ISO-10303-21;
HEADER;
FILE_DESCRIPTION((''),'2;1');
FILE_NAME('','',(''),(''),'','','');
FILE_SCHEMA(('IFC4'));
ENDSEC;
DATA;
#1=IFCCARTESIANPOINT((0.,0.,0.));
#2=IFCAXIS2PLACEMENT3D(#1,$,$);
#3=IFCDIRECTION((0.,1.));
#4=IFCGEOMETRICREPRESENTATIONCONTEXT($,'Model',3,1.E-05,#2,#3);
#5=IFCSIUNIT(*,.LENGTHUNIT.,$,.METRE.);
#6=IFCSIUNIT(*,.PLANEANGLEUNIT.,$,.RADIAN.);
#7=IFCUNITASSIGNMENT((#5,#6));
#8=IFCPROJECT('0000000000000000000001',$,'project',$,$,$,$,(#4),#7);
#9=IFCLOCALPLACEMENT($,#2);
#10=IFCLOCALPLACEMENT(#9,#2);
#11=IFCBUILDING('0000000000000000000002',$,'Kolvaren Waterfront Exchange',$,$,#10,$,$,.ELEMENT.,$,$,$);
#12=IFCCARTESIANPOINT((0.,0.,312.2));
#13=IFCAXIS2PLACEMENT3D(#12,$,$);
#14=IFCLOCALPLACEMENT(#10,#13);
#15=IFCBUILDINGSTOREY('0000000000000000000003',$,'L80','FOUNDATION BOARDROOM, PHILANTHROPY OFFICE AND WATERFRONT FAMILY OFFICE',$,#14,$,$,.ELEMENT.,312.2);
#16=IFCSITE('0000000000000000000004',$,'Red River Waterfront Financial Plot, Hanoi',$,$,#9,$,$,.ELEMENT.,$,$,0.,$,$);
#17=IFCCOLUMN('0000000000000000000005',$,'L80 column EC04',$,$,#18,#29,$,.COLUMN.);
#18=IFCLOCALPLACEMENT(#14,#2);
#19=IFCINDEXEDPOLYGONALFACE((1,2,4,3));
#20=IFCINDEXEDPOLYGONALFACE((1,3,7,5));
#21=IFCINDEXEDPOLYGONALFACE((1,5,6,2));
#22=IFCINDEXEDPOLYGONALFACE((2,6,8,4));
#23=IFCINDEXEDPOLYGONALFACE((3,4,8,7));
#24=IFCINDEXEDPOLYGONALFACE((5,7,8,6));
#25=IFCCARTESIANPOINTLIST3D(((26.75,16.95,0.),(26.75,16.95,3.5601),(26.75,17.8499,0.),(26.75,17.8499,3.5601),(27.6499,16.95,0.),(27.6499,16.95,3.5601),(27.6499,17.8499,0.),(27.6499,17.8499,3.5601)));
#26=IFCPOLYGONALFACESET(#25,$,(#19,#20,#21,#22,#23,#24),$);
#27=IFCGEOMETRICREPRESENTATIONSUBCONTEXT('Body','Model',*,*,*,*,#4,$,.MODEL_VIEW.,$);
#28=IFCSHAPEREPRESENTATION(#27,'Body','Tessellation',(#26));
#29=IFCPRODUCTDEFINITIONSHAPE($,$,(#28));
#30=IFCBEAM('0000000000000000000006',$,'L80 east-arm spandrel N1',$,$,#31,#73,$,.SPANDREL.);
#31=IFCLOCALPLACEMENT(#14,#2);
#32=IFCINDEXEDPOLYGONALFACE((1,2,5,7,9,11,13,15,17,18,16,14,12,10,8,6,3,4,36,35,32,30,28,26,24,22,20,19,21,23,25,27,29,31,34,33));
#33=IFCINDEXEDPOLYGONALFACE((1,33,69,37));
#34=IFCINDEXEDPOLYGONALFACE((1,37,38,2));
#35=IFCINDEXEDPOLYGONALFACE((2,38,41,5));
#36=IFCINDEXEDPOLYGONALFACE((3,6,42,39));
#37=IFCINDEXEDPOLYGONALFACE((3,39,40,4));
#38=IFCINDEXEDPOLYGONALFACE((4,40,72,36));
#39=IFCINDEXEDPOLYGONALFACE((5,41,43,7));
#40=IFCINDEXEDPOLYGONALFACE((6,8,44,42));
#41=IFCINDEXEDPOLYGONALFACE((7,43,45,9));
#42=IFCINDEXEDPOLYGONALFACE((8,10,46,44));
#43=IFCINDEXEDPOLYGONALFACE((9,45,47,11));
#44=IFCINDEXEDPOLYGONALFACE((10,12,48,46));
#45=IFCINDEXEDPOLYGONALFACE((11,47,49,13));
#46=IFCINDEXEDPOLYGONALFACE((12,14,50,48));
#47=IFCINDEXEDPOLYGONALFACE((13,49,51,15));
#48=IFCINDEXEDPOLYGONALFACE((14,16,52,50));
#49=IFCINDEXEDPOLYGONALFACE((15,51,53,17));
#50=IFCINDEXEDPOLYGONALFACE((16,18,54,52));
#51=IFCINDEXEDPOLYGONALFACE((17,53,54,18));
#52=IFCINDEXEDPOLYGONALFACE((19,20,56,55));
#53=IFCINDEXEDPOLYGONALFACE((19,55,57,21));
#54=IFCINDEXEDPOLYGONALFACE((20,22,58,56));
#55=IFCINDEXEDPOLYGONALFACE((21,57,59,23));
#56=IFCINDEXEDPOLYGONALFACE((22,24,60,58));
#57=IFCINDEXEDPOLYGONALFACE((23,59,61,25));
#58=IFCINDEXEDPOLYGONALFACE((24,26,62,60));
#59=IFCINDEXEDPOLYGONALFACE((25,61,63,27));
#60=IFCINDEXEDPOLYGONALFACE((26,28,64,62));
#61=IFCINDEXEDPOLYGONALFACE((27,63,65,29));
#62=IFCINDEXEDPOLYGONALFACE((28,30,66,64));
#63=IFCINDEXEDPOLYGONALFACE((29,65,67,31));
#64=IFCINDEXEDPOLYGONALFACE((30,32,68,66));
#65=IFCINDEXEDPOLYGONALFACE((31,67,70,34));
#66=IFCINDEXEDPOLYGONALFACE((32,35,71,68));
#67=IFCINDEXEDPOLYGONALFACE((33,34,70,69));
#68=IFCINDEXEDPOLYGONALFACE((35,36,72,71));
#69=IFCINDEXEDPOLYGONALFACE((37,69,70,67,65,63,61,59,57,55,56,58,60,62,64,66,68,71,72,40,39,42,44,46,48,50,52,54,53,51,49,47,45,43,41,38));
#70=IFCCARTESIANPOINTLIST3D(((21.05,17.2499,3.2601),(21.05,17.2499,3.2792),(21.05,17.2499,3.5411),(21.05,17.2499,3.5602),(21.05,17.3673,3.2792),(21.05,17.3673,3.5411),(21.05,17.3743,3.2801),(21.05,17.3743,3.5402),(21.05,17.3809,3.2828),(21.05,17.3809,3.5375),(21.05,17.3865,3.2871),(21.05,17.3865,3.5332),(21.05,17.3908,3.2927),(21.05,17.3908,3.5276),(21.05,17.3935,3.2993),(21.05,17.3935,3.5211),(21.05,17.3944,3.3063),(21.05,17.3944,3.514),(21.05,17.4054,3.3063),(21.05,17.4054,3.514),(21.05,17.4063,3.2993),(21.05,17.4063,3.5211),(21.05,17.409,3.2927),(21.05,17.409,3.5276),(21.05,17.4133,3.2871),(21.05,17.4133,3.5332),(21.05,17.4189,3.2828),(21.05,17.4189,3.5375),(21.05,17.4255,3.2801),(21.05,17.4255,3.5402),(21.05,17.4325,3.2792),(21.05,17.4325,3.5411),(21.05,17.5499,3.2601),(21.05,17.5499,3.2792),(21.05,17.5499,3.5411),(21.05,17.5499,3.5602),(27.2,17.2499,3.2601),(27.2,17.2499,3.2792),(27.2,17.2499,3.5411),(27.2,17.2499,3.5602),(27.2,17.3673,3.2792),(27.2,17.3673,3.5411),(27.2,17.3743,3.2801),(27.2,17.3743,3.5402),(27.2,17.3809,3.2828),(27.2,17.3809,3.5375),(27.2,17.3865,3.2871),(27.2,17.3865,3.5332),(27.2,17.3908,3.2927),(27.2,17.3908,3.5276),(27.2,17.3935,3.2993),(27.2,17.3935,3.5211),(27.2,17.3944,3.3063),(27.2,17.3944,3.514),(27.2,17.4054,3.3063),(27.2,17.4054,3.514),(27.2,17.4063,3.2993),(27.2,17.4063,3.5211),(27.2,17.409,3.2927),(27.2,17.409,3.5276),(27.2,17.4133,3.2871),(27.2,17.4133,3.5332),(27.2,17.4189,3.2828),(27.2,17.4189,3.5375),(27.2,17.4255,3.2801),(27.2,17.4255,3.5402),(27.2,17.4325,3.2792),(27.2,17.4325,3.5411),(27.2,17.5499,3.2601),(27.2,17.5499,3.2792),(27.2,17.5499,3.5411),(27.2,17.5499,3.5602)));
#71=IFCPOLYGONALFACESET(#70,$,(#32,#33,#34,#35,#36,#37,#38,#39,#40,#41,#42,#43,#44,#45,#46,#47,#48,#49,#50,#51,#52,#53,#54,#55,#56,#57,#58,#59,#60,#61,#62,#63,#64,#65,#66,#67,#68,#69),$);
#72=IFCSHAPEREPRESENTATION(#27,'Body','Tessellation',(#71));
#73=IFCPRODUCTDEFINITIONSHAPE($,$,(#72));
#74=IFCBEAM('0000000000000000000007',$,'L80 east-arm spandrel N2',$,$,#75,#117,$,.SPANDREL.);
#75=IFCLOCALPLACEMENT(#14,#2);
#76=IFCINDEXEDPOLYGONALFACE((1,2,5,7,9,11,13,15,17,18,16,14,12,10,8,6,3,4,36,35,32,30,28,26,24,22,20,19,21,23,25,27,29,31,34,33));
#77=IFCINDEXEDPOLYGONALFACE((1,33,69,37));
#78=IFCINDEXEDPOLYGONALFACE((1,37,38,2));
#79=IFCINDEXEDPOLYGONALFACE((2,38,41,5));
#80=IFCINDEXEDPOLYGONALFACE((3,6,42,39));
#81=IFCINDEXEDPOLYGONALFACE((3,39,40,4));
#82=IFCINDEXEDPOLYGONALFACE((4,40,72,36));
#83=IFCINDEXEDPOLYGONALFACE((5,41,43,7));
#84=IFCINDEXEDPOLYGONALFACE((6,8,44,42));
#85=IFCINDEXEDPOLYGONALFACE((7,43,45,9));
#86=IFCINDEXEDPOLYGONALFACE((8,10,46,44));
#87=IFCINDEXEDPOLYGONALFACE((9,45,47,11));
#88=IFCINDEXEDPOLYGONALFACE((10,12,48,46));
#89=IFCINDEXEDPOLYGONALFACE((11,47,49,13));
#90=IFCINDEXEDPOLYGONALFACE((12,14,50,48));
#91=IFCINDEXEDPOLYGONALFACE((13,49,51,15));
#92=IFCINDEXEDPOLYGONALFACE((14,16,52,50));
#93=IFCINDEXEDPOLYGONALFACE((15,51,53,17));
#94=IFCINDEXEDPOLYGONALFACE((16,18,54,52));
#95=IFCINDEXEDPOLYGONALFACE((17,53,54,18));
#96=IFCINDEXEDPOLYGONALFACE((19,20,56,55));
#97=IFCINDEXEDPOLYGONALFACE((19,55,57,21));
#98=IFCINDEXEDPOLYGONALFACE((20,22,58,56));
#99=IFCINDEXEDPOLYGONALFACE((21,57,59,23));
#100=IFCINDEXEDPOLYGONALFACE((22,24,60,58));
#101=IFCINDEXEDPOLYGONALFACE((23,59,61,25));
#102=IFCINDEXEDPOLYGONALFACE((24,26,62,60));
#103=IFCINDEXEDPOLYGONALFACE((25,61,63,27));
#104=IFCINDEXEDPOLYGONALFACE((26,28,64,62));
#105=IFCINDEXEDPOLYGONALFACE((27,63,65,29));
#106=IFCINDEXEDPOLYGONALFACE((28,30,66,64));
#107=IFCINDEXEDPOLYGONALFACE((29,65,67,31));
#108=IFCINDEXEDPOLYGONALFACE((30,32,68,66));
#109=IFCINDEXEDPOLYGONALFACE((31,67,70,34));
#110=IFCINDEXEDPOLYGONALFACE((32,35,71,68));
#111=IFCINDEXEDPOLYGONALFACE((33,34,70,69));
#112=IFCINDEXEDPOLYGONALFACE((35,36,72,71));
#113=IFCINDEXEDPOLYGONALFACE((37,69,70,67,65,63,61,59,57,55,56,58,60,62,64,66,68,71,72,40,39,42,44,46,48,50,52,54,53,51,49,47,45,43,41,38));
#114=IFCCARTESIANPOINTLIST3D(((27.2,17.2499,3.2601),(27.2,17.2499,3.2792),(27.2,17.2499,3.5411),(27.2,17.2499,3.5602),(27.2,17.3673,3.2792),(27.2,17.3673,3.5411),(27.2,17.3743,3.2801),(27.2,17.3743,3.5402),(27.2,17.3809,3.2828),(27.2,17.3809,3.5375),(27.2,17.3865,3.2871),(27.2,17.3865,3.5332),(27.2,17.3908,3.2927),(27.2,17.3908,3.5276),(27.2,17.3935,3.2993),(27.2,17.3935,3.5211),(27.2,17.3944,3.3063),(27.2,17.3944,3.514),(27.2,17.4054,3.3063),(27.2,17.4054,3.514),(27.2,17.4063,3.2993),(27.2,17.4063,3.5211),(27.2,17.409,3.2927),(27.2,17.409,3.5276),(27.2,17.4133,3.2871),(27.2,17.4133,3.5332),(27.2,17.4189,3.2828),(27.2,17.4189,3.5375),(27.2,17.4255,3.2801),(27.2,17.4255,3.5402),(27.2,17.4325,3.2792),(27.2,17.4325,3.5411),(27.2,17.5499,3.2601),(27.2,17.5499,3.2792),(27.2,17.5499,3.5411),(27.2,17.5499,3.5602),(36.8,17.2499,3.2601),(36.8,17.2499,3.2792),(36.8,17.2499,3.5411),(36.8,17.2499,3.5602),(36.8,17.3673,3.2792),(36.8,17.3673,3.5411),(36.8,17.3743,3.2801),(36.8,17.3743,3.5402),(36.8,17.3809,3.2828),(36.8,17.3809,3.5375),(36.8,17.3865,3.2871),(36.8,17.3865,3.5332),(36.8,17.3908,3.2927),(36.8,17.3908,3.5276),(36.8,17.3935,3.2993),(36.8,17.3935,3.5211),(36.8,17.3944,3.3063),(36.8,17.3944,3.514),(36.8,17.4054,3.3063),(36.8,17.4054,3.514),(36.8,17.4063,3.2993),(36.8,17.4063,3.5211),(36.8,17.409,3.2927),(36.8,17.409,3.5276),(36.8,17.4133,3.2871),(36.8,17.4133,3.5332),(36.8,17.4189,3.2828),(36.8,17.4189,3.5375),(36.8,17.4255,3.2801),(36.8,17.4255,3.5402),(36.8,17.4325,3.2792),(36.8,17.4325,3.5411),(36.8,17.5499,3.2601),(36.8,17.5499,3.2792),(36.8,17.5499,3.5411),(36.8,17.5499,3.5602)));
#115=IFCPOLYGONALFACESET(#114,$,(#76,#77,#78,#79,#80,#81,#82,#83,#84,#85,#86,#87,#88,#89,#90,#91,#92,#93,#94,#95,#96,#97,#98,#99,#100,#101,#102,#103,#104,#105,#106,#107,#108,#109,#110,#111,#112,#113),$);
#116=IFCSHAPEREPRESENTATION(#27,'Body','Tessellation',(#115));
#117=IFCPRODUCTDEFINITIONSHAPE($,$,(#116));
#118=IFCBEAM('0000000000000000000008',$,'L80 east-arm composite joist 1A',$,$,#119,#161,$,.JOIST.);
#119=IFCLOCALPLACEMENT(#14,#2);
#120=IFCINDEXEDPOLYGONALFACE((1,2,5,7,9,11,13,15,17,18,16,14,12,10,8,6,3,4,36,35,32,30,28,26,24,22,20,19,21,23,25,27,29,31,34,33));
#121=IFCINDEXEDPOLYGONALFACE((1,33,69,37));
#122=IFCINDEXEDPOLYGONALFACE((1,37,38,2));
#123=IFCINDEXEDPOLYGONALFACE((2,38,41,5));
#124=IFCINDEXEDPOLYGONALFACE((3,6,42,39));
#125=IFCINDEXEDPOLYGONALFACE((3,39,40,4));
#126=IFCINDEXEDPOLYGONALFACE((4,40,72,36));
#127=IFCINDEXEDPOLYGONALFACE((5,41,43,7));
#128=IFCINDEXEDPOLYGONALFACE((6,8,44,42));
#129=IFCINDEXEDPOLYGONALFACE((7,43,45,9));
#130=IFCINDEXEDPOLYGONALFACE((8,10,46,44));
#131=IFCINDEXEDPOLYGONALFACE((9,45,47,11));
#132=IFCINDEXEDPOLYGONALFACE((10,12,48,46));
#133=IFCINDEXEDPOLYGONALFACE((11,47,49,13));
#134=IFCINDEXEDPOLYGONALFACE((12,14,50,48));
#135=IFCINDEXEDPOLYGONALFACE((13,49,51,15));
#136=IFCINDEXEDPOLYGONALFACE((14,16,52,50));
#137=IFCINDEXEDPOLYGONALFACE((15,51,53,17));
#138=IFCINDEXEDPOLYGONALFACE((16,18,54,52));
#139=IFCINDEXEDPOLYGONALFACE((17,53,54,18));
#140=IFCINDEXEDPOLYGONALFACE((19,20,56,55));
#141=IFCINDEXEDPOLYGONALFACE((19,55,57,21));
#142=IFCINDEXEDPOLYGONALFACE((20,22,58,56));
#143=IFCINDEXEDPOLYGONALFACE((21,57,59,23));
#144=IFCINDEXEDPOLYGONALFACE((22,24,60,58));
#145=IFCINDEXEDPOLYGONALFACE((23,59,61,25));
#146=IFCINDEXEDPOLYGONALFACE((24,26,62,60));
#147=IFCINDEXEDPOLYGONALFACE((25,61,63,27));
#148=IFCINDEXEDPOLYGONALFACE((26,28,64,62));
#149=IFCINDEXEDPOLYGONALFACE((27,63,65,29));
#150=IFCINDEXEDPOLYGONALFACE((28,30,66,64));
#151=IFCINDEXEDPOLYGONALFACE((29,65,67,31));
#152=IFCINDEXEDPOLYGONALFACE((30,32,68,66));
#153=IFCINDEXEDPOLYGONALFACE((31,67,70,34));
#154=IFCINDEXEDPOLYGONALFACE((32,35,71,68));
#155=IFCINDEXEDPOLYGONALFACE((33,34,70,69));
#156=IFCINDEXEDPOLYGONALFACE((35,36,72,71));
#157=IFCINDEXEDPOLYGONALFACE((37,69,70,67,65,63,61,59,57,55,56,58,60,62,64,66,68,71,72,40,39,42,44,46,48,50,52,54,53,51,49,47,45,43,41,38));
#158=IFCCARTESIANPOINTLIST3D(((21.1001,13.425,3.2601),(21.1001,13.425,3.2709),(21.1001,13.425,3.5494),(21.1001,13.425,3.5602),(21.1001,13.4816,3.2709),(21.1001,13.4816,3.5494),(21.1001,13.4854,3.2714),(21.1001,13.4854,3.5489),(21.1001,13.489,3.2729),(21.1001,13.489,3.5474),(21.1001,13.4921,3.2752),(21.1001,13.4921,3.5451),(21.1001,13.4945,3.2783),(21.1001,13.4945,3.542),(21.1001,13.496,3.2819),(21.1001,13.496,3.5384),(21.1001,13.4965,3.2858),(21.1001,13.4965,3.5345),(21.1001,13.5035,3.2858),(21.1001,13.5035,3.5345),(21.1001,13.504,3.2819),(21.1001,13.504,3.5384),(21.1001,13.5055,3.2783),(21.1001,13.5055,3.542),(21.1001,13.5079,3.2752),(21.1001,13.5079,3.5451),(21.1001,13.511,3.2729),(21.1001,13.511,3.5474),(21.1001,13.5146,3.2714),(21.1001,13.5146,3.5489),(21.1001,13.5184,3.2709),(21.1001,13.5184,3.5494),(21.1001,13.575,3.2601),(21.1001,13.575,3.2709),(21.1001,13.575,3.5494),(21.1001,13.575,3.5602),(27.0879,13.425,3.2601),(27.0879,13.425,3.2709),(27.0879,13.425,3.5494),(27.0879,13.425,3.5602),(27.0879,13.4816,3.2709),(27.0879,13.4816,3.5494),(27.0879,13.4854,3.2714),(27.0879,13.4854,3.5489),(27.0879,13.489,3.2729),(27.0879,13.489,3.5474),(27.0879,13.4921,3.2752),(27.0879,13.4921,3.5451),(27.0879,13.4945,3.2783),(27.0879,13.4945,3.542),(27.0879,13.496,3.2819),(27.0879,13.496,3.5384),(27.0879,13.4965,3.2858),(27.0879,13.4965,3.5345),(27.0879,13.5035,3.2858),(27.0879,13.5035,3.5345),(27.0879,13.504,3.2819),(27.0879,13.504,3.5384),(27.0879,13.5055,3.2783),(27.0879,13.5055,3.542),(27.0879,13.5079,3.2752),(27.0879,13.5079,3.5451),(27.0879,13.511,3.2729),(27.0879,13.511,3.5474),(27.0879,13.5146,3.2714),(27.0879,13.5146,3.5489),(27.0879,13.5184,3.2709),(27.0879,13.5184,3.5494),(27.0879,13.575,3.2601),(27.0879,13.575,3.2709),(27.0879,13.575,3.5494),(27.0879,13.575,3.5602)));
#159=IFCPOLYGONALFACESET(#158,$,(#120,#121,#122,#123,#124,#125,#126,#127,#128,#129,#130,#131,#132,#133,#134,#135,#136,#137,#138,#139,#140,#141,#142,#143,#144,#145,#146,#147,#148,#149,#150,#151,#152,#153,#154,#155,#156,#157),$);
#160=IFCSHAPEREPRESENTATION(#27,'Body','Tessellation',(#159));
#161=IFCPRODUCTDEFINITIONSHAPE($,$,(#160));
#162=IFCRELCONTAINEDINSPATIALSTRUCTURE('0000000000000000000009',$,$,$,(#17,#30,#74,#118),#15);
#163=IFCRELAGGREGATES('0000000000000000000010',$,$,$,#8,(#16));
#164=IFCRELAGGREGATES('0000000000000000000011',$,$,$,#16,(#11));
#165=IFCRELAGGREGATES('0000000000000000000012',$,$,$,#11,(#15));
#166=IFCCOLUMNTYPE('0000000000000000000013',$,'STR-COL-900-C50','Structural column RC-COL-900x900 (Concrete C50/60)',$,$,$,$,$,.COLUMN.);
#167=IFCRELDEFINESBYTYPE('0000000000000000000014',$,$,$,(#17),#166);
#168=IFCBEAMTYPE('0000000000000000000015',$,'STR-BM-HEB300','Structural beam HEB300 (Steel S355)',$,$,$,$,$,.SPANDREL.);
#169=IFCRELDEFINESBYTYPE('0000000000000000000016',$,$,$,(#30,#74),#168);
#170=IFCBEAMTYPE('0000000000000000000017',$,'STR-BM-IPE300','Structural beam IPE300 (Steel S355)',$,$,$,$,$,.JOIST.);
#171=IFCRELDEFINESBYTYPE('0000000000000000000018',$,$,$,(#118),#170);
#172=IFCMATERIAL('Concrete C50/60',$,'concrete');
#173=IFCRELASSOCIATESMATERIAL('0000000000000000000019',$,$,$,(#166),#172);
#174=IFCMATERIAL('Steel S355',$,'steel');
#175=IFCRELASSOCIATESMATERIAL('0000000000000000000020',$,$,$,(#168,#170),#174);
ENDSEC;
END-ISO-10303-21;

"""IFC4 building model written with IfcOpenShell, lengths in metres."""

from ifc_helpers import new_model, si_unit, direction, frame, origin, origin_2d, place, context, subcontext, project, spatial, rectangle, i_section, extrude, material, material_profile, profile_set, type_object, element, save


model = new_model("IFC4")

# Units and contexts
model_context = context("Model", 3, precision=1e-05, world=origin(), true_north=direction((0.0, 1.0)))
body_context = subcontext(model_context, "Body", "Model", "MODEL_VIEW")
ifc_project = project(units=[si_unit("LENGTHUNIT", "METRE"), si_unit("PLANEANGLEUNIT", "RADIAN")], contexts=[model_context])

# Site, building, storey
site_placement = place(None, origin())
site = spatial("IfcSite", under=ifc_project, at=site_placement, Name="Red River Waterfront Financial Plot, Hanoi", CompositionType="ELEMENT", RefElevation=0.0)
building_placement = place(site_placement, origin())
building = spatial("IfcBuilding", under=site, at=building_placement, Name="Kolvaren Waterfront Exchange", CompositionType="ELEMENT")
storey_placement = place(building_placement, frame((0.0, 0.0, 312.2)))
storey = spatial("IfcBuildingStorey", under=building, at=storey_placement, Name="L80", Description="FOUNDATION BOARDROOM, PHILANTHROPY OFFICE AND WATERFRONT FAMILY OFFICE", CompositionType="ELEMENT", Elevation=312.2)

# Column
ifc_material_1 = material(Name="Concrete C50/60", Category="concrete")
ifc_material_profile_1 = material_profile(ifc_material_1, rectangle(XDim=0.8999, YDim=0.8999, at=origin_2d()), Name="RC-COL-900x900")
ifc_profile_set_1 = profile_set([ifc_material_profile_1], Name="Concrete C50/60")
column_type = type_object("IfcColumnType", Name="STR-COL-900-C50", Description="Structural column RC-COL-900x900 (Concrete C50/60)", PredefinedType="COLUMN", material=ifc_profile_set_1)
column_placement = place(storey_placement, frame((27.2, 17.3999, 0.0), z_axis=(0.0, 0.0, 1.0), x_axis=(1.0, 0.0, 0.0)))
element("IfcColumn", 1, at=column_placement, inside=storey, type_object=column_type, Name="L80 column EC04", PredefinedType="COLUMN", context=body_context, shape_type="SweptSolid", body=[
    extrude(rectangle(XDim=0.8999, YDim=0.8999, at=origin_2d()), origin(), (0.0, 0.0, 1.0), 3.5601),
])

# Beams
ifc_material_2 = material(Name="Steel S355", Category="steel")
ifc_material_profile_2 = material_profile(ifc_material_2, i_section(OverallWidth=0.3, OverallDepth=0.3, WebThickness=0.011, FlangeThickness=0.019, FilletRadius=0.0271, at=origin_2d()), Name="HEB300")
ifc_profile_set_2 = profile_set([ifc_material_profile_2], Name="Steel S355")
beam_type_1 = type_object("IfcBeamType", Name="STR-BM-HEB300", Description="Structural beam HEB300 (Steel S355)", PredefinedType="SPANDREL", material=ifc_profile_set_2)
beam_1_placement = place(storey_placement, frame((21.05, 17.3999, 3.4102), z_axis=(1.0, 0.0, 0.0), x_axis=(0.0, 1.0, 0.0)))
element("IfcBeam", 2, at=beam_1_placement, inside=storey, type_object=beam_type_1, Name="L80 east-arm spandrel N1", PredefinedType="SPANDREL", context=body_context, shape_type="SweptSolid", body=[
    extrude(i_section(OverallWidth=0.3, OverallDepth=0.3, WebThickness=0.011, FlangeThickness=0.019, FilletRadius=0.0271, at=origin_2d()), origin(), (0.0, 0.0, 1.0), 6.1499),
])
beam_2_placement = place(storey_placement, frame((27.2, 17.3999, 3.4102), z_axis=(1.0, 0.0, 0.0), x_axis=(0.0, 1.0, 0.0)))
element("IfcBeam", 3, at=beam_2_placement, inside=storey, type_object=beam_type_1, Name="L80 east-arm spandrel N2", PredefinedType="SPANDREL", context=body_context, shape_type="SweptSolid", body=[
    extrude(i_section(OverallWidth=0.3, OverallDepth=0.3, WebThickness=0.011, FlangeThickness=0.019, FilletRadius=0.0271, at=origin_2d()), origin(), (0.0, 0.0, 1.0), 9.6001),
])
ifc_material_profile_3 = material_profile(ifc_material_2, i_section(OverallWidth=0.1499, OverallDepth=0.3, WebThickness=0.0071, FlangeThickness=0.0107, FilletRadius=0.0149, at=origin_2d()), Name="IPE300")
ifc_profile_set_3 = profile_set([ifc_material_profile_3], Name="Steel S355")
beam_type_2 = type_object("IfcBeamType", Name="STR-BM-IPE300", Description="Structural beam IPE300 (Steel S355)", PredefinedType="JOIST", material=ifc_profile_set_3)
for number, where, z_axis, x_axis, name in (
    (4, (21.1001, 13.5, 3.4102), (1.0, 0.0, 0.0), (0.0, 1.0, 0.0), "L80 east-arm composite joist 1A"),
):
    element("IfcBeam", number, at=place(storey_placement, frame(where, z_axis=z_axis, x_axis=x_axis)), inside=storey, type_object=beam_type_2, Name=name, PredefinedType="JOIST", context=body_context, shape_type="SweptSolid", body=[
        extrude(i_section(OverallWidth=0.1499, OverallDepth=0.3, WebThickness=0.0071, FlangeThickness=0.0107, FilletRadius=0.0149, at=origin_2d()), origin(), (0.0, 0.0, 1.0), 5.9878),
    ])

save(model, "model.ifc")
